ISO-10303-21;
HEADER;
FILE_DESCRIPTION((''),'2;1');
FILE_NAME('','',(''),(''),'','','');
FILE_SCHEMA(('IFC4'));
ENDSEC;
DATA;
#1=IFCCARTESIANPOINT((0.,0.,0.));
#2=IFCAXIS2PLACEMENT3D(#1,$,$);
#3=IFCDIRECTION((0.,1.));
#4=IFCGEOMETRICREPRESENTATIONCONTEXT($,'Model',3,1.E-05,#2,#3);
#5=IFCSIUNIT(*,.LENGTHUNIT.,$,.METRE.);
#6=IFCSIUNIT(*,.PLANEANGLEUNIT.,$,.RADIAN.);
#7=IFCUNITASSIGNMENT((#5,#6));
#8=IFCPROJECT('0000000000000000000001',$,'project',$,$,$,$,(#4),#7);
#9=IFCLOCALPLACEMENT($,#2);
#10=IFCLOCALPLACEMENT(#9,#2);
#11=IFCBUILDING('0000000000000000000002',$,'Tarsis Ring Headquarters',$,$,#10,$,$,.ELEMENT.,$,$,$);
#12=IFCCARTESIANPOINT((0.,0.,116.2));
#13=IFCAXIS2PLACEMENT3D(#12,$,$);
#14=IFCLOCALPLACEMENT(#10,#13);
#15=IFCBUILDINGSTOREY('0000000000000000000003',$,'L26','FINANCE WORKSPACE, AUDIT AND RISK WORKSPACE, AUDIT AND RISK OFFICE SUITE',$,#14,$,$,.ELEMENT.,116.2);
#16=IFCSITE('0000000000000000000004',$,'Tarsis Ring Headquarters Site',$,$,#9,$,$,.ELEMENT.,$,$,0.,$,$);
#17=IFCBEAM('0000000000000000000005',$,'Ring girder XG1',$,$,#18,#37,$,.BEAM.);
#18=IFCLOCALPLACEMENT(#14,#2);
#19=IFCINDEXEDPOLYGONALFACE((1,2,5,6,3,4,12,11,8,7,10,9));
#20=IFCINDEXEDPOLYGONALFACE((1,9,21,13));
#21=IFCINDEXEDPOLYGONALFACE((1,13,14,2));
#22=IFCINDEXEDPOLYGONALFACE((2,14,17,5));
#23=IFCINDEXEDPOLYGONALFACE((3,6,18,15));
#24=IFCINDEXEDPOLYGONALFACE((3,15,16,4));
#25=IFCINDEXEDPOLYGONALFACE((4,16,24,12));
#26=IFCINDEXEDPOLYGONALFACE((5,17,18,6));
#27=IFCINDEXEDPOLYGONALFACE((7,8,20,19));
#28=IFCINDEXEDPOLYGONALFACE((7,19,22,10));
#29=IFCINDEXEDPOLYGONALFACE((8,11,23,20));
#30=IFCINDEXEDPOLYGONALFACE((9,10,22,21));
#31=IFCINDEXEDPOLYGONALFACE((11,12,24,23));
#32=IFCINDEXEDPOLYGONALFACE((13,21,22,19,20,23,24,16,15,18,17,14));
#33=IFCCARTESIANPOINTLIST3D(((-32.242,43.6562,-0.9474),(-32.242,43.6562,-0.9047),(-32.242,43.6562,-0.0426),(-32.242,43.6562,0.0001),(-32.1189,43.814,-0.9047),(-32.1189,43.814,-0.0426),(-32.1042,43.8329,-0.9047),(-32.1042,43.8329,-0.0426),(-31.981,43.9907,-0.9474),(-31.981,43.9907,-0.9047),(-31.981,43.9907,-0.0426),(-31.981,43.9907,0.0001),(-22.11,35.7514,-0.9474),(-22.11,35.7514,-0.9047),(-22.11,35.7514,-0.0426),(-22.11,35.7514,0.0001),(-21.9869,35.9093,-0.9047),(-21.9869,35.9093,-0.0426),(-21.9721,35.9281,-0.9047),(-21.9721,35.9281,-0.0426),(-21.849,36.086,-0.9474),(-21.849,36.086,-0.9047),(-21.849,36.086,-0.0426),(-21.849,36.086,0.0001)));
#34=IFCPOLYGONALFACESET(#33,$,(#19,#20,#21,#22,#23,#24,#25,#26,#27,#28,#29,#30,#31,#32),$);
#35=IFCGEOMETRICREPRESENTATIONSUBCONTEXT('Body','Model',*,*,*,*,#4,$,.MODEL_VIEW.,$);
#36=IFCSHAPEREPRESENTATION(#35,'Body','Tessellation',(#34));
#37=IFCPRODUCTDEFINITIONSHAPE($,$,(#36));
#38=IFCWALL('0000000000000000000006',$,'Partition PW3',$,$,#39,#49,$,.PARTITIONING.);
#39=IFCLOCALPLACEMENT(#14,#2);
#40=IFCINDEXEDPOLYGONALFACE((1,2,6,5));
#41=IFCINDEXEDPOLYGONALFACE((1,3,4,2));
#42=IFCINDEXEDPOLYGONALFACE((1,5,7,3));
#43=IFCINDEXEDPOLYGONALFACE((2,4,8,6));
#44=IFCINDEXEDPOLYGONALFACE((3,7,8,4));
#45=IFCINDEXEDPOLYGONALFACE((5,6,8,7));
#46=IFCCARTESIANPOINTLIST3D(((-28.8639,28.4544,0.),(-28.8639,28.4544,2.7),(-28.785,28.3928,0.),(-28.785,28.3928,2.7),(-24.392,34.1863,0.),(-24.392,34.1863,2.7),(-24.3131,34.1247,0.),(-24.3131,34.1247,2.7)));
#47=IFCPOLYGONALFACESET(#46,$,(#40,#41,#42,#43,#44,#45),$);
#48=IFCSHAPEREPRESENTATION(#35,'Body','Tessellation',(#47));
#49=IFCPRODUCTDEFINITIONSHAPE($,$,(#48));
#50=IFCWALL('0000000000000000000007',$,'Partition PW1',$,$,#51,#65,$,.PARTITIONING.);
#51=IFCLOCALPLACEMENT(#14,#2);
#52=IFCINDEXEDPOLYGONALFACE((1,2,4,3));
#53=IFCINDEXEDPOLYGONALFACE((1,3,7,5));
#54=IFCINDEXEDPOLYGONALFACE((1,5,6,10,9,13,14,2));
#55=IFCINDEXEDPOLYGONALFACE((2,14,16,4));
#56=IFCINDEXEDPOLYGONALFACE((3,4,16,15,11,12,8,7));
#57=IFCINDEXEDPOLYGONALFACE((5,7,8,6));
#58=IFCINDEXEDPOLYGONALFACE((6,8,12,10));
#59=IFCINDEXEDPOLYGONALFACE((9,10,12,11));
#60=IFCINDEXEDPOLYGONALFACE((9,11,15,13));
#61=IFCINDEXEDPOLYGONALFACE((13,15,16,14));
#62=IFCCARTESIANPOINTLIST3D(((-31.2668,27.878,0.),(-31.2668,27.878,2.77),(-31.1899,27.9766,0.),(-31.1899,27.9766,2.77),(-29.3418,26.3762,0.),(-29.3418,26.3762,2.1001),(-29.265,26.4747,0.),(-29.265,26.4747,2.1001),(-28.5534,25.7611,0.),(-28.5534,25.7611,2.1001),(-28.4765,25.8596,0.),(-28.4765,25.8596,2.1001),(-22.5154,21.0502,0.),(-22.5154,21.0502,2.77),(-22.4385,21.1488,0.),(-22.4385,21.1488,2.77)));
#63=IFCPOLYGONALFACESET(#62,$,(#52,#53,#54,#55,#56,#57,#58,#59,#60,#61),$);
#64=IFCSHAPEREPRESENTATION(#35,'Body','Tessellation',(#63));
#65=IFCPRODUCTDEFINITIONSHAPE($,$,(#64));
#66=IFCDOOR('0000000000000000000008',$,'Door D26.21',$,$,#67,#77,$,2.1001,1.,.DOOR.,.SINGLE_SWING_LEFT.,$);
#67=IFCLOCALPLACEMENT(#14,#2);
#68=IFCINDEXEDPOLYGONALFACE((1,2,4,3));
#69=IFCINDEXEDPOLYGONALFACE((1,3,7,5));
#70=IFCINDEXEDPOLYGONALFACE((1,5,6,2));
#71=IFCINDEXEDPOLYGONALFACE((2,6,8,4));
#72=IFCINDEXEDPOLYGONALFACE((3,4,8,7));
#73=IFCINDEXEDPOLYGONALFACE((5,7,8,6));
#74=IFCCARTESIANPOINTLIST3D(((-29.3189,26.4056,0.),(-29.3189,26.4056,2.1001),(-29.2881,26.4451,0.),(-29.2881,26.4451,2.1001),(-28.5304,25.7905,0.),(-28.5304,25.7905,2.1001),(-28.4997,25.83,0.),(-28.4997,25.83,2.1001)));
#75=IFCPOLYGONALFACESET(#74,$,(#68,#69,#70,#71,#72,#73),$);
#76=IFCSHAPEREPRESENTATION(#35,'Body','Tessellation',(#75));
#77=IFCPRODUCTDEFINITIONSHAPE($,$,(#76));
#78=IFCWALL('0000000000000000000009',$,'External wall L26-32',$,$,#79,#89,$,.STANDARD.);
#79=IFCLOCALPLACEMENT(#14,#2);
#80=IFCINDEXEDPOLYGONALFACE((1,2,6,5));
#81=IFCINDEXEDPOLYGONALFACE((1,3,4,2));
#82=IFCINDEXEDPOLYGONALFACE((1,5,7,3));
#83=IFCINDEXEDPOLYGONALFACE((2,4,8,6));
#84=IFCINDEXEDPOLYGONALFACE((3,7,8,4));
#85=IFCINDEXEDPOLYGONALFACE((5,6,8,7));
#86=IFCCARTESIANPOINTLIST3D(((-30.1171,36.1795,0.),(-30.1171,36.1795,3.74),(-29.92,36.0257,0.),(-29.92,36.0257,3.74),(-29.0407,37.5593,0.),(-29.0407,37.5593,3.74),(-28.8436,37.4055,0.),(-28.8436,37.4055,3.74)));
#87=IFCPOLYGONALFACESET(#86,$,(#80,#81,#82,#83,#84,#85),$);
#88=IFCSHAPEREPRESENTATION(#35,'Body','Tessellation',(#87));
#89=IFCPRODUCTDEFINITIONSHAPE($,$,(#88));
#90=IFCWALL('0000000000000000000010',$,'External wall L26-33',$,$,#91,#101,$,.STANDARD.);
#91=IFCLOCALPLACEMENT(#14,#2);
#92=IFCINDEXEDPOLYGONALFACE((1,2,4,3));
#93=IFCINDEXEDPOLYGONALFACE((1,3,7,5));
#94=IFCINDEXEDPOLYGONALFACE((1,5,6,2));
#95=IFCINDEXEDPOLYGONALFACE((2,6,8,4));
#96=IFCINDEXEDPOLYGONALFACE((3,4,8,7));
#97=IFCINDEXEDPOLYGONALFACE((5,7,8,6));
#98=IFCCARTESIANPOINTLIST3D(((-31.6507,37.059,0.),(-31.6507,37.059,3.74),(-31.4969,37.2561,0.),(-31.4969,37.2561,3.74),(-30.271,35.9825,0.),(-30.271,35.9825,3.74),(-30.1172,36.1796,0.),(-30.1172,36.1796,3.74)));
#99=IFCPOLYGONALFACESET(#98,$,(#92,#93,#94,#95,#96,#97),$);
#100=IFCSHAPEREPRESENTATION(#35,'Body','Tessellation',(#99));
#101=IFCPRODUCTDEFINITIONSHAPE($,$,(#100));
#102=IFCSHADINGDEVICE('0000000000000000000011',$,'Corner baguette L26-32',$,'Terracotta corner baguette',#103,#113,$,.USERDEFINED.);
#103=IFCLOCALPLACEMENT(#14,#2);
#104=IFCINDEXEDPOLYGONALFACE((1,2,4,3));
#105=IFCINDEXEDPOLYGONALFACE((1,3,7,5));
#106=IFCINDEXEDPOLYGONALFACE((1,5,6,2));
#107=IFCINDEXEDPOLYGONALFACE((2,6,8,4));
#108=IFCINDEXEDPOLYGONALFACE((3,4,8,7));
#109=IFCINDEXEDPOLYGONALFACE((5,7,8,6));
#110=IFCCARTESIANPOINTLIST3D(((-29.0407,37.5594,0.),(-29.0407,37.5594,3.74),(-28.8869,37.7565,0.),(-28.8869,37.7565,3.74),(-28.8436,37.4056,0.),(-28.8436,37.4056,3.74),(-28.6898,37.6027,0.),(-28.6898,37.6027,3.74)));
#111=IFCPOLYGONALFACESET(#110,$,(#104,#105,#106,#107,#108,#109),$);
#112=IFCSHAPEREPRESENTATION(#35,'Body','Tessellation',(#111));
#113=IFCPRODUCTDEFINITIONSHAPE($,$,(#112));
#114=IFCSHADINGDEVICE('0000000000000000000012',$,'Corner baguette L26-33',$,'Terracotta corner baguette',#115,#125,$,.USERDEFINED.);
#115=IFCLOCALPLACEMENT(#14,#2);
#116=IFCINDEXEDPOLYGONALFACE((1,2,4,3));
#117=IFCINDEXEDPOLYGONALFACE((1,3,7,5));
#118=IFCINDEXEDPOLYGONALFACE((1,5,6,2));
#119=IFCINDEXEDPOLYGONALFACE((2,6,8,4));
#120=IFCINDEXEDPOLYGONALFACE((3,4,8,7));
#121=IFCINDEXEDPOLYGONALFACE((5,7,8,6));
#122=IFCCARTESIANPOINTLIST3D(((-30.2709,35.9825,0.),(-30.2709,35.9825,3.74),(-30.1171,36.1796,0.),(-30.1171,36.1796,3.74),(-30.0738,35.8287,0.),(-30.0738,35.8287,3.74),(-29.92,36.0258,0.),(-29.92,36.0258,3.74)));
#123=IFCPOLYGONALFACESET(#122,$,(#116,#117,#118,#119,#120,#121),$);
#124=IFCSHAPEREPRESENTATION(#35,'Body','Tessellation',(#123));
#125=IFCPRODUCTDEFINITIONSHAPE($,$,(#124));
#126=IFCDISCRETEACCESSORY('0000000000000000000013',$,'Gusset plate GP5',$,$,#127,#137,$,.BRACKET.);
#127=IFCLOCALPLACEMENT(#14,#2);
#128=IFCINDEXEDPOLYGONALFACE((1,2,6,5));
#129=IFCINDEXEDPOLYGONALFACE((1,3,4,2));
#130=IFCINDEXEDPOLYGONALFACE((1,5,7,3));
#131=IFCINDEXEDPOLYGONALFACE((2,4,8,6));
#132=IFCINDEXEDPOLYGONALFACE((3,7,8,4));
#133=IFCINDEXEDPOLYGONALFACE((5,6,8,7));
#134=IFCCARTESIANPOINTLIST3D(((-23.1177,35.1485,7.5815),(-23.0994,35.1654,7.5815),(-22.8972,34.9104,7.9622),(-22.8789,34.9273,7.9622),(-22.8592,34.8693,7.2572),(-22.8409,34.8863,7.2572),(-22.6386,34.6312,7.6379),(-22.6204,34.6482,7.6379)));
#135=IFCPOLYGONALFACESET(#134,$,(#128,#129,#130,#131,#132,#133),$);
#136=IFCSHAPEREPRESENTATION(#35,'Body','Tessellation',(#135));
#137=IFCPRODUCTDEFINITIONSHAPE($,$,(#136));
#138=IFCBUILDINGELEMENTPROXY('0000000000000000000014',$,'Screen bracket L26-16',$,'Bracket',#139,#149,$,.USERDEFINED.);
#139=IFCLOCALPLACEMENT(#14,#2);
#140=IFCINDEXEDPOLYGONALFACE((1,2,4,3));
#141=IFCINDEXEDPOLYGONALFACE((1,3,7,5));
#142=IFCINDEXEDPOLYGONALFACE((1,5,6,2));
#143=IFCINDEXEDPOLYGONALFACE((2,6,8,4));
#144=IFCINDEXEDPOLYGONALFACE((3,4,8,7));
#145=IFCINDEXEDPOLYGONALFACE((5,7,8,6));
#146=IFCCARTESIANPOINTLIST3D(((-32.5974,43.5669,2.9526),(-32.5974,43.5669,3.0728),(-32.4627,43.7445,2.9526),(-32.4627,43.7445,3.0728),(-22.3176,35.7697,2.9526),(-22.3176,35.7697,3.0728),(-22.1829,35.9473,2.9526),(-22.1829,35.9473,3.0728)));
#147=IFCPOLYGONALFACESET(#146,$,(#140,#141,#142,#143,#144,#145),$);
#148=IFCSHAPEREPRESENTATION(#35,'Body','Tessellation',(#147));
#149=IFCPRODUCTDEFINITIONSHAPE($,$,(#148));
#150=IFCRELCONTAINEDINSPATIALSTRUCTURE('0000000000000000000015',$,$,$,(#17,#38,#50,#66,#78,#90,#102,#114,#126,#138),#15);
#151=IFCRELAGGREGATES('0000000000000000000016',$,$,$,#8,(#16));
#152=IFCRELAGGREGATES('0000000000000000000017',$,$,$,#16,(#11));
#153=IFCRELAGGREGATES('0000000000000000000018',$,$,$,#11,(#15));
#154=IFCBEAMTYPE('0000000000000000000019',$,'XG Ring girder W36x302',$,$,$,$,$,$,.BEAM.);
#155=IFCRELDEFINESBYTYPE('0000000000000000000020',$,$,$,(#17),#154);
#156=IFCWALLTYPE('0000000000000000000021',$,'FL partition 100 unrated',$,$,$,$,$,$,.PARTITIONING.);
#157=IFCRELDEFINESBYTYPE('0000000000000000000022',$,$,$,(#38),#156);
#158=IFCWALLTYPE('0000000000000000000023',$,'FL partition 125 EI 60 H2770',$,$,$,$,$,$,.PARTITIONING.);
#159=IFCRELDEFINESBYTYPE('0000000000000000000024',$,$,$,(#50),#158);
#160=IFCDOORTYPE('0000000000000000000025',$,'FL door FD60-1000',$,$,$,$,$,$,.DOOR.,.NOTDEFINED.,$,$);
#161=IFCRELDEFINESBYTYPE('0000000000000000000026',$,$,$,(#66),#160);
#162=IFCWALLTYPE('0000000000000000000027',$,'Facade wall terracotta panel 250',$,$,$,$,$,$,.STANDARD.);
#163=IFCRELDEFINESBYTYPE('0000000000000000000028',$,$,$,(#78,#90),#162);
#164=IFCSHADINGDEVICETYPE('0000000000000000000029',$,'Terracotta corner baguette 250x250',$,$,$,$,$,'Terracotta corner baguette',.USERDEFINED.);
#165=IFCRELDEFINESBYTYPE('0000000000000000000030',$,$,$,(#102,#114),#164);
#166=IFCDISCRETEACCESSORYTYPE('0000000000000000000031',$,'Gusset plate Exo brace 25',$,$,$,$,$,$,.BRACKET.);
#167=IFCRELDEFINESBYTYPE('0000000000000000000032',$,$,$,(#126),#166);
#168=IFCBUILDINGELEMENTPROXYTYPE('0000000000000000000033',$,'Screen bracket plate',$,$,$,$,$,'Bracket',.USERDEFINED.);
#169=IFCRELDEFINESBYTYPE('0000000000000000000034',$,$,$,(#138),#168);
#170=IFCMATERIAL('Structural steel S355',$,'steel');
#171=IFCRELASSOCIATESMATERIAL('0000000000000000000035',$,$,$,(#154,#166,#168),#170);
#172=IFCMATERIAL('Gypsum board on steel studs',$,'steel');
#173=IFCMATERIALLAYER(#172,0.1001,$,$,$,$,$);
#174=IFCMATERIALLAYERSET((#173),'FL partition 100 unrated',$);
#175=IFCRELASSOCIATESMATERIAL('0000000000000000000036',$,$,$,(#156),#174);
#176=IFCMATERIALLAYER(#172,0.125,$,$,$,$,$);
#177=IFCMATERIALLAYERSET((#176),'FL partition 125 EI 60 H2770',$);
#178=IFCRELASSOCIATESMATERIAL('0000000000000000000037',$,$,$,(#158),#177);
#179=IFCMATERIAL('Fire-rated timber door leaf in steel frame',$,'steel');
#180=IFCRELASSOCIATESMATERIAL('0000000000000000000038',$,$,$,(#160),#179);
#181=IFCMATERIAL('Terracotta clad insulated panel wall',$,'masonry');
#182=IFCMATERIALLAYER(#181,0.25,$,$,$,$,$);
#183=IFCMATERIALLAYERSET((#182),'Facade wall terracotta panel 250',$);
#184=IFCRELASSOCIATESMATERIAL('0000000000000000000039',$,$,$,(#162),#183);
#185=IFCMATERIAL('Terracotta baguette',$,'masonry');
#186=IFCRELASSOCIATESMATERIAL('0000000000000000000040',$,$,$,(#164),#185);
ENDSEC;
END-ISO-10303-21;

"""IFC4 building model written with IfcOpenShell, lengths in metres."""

from ifc_helpers import new_model, si_unit, direction, frame, frame_2d, origin, origin_2d, place, context, subcontext, project, spatial, rectangle, i_section, extrude, material, layer, layer_set, material_profile, profile_set, type_object, element, fill, save


model = new_model("IFC4")

# Units and contexts
model_context = context("Model", 3, precision=1e-05, world=origin(), true_north=direction((0.0, 1.0)))
body_context = subcontext(model_context, "Body", "Model", "MODEL_VIEW")
ifc_project = project(units=[si_unit("LENGTHUNIT", "METRE"), si_unit("PLANEANGLEUNIT", "RADIAN")], contexts=[model_context])

# Site, building, storey
site_placement = place(None, origin())
site = spatial("IfcSite", under=ifc_project, at=site_placement, Name="Tarsis Ring Headquarters Site", CompositionType="ELEMENT", RefElevation=0.0)
building_placement = place(site_placement, origin())
building = spatial("IfcBuilding", under=site, at=building_placement, Name="Tarsis Ring Headquarters", CompositionType="ELEMENT")
storey_placement = place(building_placement, frame((0.0, 0.0, 116.2)))
storey = spatial("IfcBuildingStorey", under=building, at=storey_placement, Name="L26", Description="FINANCE WORKSPACE, AUDIT AND RISK WORKSPACE, AUDIT AND RISK OFFICE SUITE", CompositionType="ELEMENT", Elevation=116.2)

# Shared definitions
ifc_material_1 = material(Name="Structural steel S355", Category="steel")

# Beam
ifc_material_profile_1 = material_profile(ifc_material_1, i_section(OverallWidth=0.4243, OverallDepth=0.9475, WebThickness=0.0239, FlangeThickness=0.0427, at=origin_2d()), Name="W36x302")
ifc_profile_set_1 = profile_set([ifc_material_profile_1], Name="Structural steel S355")
beam_type_1 = type_object("IfcBeamType", Name="XG Ring girder W36x302", PredefinedType="BEAM", material=ifc_profile_set_1)
beam_1_placement = place(storey_placement, frame((-21.9795, 35.9187, -0.4736), z_axis=(-0.788436, 0.615117, 0.0), x_axis=(-0.615117, -0.788436, 0.0)))
element("IfcBeam", 1, at=beam_1_placement, inside=storey, type_object=beam_type_1, Name="Ring girder XG1", PredefinedType="BEAM", context=body_context, shape_type="SweptSolid", body=[
    extrude(i_section(OverallWidth=0.4243, OverallDepth=0.9475, WebThickness=0.0239, FlangeThickness=0.0427, at=origin_2d()), origin(), (0.0, 0.0, 1.0), 12.8508),
])

# Wall
ifc_material_2 = material(Name="Gypsum board on steel studs", Category="steel")
ifc_layer_1 = layer(ifc_material_2, 0.1001)
ifc_layer_set_1 = layer_set([ifc_layer_1], Name="FL partition 100 unrated")
wall_type_1 = type_object("IfcWallType", Name="FL partition 100 unrated", PredefinedType="PARTITIONING", material=ifc_layer_set_1)
wall_1_placement = place(storey_placement, frame((-28.8245, 28.4236, 0.0), z_axis=(0.0, 0.0, 1.0), x_axis=(0.615119, 0.788435, 0.0)))
element("IfcWall", 2, at=wall_1_placement, inside=storey, type_object=wall_type_1, Name="Partition PW3", PredefinedType="PARTITIONING", context=body_context, shape_type="SweptSolid", body=[
    extrude(rectangle(XDim=7.27, YDim=0.1001, at=frame_2d((3.635, 0.0))), origin(), (0.0, 0.0, 1.0), 2.7),
])

# Wall, opening, door
ifc_layer_2 = layer(ifc_material_2, 0.125)
ifc_layer_set_2 = layer_set([ifc_layer_2], Name="FL partition 125 EI 60 H2770")
wall_type_2 = type_object("IfcWallType", Name="FL partition 125 EI 60 H2770", PredefinedType="PARTITIONING", material=ifc_layer_set_2)
wall_2_placement = place(storey_placement, frame((-31.2283, 27.9272, 0.0), z_axis=(0.0, 0.0, 1.0), x_axis=(0.788426, -0.615129, 0.0)))
wall_2 = element("IfcWall", 3, at=wall_2_placement, inside=storey, type_object=wall_type_2, Name="Partition PW1", PredefinedType="PARTITIONING", context=body_context, shape_type="SweptSolid", body=[
    extrude(rectangle(XDim=11.0999, YDim=0.125, at=frame_2d((5.5498, 0.0))), origin(), (0.0, 0.0, 1.0), 2.77),
])
opening_placement = place(wall_2_placement, frame((2.4414, 0.0, 0.0)))
opening = element("IfcOpeningElement", 4, at=opening_placement, cuts=wall_2, PredefinedType="OPENING", context=body_context, shape_type="SweptSolid", body=[
    extrude(rectangle(XDim=1.0, YDim=2.1001, at=frame_2d((0.5, 1.05))), frame((0.0, 0.0725, 0.0), z_axis=(0.0, -1.0, 0.0), x_axis=(1.0, 0.0, 0.0)), (0.0, 0.0, 1.0), 0.145),
])
ifc_material_3 = material(Name="Fire-rated timber door leaf in steel frame", Category="steel")
door_type = type_object("IfcDoorType", Name="FL door FD60-1000", OperationType="NOTDEFINED", PredefinedType="DOOR", material=ifc_material_3)
door_placement = place(opening_placement, origin())
door = element("IfcDoor", 5, at=door_placement, inside=storey, type_object=door_type, Name="Door D26.21", OperationType="SINGLE_SWING_LEFT", OverallHeight=2.1001, OverallWidth=1.0, PredefinedType="DOOR", context=body_context, shape_type="SweptSolid", body=[
    extrude(rectangle(XDim=1.0, YDim=2.1001, at=frame_2d((0.5, 1.05))), frame((0.0, 0.0249, 0.0), z_axis=(0.0, -1.0, 0.0), x_axis=(1.0, 0.0, 0.0)), (0.0, 0.0, 1.0), 0.05),
])
fill(opening, door)

# Walls
ifc_material_4 = material(Name="Terracotta clad insulated panel wall", Category="masonry")
ifc_layer_3 = layer(ifc_material_4, 0.25)
ifc_layer_set_3 = layer_set([ifc_layer_3], Name="Facade wall terracotta panel 250")
wall_type_3 = type_object("IfcWallType", Name="Facade wall terracotta panel 250", PredefinedType="STANDARD", material=ifc_layer_set_3)
for number, where, z_axis, x_axis, name in (
    (6, (-28.9421, 37.4824, 0.0), (0.0, 0.0, 1.0), (-0.61507, -0.788473, 0.0), "External wall L26-32"),
    (7, (-30.1941, 36.0811, 0.0), (0.0, 0.0, 1.0), (-0.78842, 0.615138, 0.0), "External wall L26-33"),
):
    element("IfcWall", number, at=place(storey_placement, frame(where, z_axis=z_axis, x_axis=x_axis)), inside=storey, type_object=wall_type_3, Name=name, PredefinedType="STANDARD", context=body_context, shape_type="SweptSolid", body=[
        extrude(rectangle(XDim=1.75, YDim=0.25, at=frame_2d((0.875, 0.0))), origin(), (0.0, 0.0, 1.0), 3.74),
    ])

# Shading devices
ifc_material_5 = material(Name="Terracotta baguette", Category="masonry")
shading_device_type_1 = type_object("IfcShadingDeviceType", Name="Terracotta corner baguette 250x250", ElementType="Terracotta corner baguette", PredefinedType="USERDEFINED", material=ifc_material_5)
for number, where, z_axis, x_axis, name in (
    (8, (-28.8652, 37.5811, 0.0), (0.0, 0.0, 1.0), (-0.78844, 0.615111, 0.0), "Corner baguette L26-32"),
    (9, (-30.0955, 36.0042, 0.0), (0.0, 0.0, 1.0), (-0.615111, -0.788441, 0.0), "Corner baguette L26-33"),
):
    element("IfcShadingDevice", number, at=place(storey_placement, frame(where, z_axis=z_axis, x_axis=x_axis)), inside=storey, type_object=shading_device_type_1, Name=name, ObjectType="Terracotta corner baguette", PredefinedType="USERDEFINED", context=body_context, shape_type="SweptSolid", body=[
        extrude(rectangle(XDim=0.25, YDim=0.25, at=origin_2d()), origin(), (0.0, 0.0, 1.0), 3.74),
    ])

# Discrete accessory
ifc_material_profile_2 = material_profile(ifc_material_1, rectangle(XDim=0.0249, YDim=0.5, at=origin_2d()), Name="PL 25x500")
ifc_profile_set_2 = profile_set([ifc_material_profile_2], Name="Structural steel S355")
discrete_accessory_type = type_object("IfcDiscreteAccessoryType", Name="Gusset plate Exo brace 25", PredefinedType="BRACKET", material=ifc_profile_set_2)
discrete_accessory_placement = place(storey_placement, frame((-22.7588, 34.7793, 7.8), z_axis=(-0.440802, 0.475949, -0.76103), x_axis=(-0.733677, -0.679498, 0.0)))
element("IfcDiscreteAccessory", 10, at=discrete_accessory_placement, inside=storey, type_object=discrete_accessory_type, Name="Gusset plate GP5", PredefinedType="BRACKET", context=body_context, shape_type="SweptSolid", body=[
    extrude(rectangle(XDim=0.0249, YDim=0.5, at=origin_2d()), origin(), (0.0, 0.0, 1.0), 0.5002),
])

# Building element proxy
building_element_proxy_type = type_object("IfcBuildingElementProxyType", Name="Screen bracket plate", ElementType="Bracket", PredefinedType="USERDEFINED", material=ifc_material_1)
proxy_placement = place(storey_placement, frame((-27.3901, 39.7571, 2.9526), z_axis=(0.0, 0.0, 1.0), x_axis=(-0.796741, 0.604321, 0.0)))
element("IfcBuildingElementProxy", 11, at=proxy_placement, inside=storey, type_object=building_element_proxy_type, Name="Screen bracket L26-16", ObjectType="Bracket", PredefinedType="USERDEFINED", context=body_context, shape_type="SweptSolid", body=[
    extrude(rectangle(XDim=12.9023, YDim=0.2229, at=origin_2d()), origin(), (0.0, 0.0, 1.0), 0.1201),
])

save(model, "model.ifc")
